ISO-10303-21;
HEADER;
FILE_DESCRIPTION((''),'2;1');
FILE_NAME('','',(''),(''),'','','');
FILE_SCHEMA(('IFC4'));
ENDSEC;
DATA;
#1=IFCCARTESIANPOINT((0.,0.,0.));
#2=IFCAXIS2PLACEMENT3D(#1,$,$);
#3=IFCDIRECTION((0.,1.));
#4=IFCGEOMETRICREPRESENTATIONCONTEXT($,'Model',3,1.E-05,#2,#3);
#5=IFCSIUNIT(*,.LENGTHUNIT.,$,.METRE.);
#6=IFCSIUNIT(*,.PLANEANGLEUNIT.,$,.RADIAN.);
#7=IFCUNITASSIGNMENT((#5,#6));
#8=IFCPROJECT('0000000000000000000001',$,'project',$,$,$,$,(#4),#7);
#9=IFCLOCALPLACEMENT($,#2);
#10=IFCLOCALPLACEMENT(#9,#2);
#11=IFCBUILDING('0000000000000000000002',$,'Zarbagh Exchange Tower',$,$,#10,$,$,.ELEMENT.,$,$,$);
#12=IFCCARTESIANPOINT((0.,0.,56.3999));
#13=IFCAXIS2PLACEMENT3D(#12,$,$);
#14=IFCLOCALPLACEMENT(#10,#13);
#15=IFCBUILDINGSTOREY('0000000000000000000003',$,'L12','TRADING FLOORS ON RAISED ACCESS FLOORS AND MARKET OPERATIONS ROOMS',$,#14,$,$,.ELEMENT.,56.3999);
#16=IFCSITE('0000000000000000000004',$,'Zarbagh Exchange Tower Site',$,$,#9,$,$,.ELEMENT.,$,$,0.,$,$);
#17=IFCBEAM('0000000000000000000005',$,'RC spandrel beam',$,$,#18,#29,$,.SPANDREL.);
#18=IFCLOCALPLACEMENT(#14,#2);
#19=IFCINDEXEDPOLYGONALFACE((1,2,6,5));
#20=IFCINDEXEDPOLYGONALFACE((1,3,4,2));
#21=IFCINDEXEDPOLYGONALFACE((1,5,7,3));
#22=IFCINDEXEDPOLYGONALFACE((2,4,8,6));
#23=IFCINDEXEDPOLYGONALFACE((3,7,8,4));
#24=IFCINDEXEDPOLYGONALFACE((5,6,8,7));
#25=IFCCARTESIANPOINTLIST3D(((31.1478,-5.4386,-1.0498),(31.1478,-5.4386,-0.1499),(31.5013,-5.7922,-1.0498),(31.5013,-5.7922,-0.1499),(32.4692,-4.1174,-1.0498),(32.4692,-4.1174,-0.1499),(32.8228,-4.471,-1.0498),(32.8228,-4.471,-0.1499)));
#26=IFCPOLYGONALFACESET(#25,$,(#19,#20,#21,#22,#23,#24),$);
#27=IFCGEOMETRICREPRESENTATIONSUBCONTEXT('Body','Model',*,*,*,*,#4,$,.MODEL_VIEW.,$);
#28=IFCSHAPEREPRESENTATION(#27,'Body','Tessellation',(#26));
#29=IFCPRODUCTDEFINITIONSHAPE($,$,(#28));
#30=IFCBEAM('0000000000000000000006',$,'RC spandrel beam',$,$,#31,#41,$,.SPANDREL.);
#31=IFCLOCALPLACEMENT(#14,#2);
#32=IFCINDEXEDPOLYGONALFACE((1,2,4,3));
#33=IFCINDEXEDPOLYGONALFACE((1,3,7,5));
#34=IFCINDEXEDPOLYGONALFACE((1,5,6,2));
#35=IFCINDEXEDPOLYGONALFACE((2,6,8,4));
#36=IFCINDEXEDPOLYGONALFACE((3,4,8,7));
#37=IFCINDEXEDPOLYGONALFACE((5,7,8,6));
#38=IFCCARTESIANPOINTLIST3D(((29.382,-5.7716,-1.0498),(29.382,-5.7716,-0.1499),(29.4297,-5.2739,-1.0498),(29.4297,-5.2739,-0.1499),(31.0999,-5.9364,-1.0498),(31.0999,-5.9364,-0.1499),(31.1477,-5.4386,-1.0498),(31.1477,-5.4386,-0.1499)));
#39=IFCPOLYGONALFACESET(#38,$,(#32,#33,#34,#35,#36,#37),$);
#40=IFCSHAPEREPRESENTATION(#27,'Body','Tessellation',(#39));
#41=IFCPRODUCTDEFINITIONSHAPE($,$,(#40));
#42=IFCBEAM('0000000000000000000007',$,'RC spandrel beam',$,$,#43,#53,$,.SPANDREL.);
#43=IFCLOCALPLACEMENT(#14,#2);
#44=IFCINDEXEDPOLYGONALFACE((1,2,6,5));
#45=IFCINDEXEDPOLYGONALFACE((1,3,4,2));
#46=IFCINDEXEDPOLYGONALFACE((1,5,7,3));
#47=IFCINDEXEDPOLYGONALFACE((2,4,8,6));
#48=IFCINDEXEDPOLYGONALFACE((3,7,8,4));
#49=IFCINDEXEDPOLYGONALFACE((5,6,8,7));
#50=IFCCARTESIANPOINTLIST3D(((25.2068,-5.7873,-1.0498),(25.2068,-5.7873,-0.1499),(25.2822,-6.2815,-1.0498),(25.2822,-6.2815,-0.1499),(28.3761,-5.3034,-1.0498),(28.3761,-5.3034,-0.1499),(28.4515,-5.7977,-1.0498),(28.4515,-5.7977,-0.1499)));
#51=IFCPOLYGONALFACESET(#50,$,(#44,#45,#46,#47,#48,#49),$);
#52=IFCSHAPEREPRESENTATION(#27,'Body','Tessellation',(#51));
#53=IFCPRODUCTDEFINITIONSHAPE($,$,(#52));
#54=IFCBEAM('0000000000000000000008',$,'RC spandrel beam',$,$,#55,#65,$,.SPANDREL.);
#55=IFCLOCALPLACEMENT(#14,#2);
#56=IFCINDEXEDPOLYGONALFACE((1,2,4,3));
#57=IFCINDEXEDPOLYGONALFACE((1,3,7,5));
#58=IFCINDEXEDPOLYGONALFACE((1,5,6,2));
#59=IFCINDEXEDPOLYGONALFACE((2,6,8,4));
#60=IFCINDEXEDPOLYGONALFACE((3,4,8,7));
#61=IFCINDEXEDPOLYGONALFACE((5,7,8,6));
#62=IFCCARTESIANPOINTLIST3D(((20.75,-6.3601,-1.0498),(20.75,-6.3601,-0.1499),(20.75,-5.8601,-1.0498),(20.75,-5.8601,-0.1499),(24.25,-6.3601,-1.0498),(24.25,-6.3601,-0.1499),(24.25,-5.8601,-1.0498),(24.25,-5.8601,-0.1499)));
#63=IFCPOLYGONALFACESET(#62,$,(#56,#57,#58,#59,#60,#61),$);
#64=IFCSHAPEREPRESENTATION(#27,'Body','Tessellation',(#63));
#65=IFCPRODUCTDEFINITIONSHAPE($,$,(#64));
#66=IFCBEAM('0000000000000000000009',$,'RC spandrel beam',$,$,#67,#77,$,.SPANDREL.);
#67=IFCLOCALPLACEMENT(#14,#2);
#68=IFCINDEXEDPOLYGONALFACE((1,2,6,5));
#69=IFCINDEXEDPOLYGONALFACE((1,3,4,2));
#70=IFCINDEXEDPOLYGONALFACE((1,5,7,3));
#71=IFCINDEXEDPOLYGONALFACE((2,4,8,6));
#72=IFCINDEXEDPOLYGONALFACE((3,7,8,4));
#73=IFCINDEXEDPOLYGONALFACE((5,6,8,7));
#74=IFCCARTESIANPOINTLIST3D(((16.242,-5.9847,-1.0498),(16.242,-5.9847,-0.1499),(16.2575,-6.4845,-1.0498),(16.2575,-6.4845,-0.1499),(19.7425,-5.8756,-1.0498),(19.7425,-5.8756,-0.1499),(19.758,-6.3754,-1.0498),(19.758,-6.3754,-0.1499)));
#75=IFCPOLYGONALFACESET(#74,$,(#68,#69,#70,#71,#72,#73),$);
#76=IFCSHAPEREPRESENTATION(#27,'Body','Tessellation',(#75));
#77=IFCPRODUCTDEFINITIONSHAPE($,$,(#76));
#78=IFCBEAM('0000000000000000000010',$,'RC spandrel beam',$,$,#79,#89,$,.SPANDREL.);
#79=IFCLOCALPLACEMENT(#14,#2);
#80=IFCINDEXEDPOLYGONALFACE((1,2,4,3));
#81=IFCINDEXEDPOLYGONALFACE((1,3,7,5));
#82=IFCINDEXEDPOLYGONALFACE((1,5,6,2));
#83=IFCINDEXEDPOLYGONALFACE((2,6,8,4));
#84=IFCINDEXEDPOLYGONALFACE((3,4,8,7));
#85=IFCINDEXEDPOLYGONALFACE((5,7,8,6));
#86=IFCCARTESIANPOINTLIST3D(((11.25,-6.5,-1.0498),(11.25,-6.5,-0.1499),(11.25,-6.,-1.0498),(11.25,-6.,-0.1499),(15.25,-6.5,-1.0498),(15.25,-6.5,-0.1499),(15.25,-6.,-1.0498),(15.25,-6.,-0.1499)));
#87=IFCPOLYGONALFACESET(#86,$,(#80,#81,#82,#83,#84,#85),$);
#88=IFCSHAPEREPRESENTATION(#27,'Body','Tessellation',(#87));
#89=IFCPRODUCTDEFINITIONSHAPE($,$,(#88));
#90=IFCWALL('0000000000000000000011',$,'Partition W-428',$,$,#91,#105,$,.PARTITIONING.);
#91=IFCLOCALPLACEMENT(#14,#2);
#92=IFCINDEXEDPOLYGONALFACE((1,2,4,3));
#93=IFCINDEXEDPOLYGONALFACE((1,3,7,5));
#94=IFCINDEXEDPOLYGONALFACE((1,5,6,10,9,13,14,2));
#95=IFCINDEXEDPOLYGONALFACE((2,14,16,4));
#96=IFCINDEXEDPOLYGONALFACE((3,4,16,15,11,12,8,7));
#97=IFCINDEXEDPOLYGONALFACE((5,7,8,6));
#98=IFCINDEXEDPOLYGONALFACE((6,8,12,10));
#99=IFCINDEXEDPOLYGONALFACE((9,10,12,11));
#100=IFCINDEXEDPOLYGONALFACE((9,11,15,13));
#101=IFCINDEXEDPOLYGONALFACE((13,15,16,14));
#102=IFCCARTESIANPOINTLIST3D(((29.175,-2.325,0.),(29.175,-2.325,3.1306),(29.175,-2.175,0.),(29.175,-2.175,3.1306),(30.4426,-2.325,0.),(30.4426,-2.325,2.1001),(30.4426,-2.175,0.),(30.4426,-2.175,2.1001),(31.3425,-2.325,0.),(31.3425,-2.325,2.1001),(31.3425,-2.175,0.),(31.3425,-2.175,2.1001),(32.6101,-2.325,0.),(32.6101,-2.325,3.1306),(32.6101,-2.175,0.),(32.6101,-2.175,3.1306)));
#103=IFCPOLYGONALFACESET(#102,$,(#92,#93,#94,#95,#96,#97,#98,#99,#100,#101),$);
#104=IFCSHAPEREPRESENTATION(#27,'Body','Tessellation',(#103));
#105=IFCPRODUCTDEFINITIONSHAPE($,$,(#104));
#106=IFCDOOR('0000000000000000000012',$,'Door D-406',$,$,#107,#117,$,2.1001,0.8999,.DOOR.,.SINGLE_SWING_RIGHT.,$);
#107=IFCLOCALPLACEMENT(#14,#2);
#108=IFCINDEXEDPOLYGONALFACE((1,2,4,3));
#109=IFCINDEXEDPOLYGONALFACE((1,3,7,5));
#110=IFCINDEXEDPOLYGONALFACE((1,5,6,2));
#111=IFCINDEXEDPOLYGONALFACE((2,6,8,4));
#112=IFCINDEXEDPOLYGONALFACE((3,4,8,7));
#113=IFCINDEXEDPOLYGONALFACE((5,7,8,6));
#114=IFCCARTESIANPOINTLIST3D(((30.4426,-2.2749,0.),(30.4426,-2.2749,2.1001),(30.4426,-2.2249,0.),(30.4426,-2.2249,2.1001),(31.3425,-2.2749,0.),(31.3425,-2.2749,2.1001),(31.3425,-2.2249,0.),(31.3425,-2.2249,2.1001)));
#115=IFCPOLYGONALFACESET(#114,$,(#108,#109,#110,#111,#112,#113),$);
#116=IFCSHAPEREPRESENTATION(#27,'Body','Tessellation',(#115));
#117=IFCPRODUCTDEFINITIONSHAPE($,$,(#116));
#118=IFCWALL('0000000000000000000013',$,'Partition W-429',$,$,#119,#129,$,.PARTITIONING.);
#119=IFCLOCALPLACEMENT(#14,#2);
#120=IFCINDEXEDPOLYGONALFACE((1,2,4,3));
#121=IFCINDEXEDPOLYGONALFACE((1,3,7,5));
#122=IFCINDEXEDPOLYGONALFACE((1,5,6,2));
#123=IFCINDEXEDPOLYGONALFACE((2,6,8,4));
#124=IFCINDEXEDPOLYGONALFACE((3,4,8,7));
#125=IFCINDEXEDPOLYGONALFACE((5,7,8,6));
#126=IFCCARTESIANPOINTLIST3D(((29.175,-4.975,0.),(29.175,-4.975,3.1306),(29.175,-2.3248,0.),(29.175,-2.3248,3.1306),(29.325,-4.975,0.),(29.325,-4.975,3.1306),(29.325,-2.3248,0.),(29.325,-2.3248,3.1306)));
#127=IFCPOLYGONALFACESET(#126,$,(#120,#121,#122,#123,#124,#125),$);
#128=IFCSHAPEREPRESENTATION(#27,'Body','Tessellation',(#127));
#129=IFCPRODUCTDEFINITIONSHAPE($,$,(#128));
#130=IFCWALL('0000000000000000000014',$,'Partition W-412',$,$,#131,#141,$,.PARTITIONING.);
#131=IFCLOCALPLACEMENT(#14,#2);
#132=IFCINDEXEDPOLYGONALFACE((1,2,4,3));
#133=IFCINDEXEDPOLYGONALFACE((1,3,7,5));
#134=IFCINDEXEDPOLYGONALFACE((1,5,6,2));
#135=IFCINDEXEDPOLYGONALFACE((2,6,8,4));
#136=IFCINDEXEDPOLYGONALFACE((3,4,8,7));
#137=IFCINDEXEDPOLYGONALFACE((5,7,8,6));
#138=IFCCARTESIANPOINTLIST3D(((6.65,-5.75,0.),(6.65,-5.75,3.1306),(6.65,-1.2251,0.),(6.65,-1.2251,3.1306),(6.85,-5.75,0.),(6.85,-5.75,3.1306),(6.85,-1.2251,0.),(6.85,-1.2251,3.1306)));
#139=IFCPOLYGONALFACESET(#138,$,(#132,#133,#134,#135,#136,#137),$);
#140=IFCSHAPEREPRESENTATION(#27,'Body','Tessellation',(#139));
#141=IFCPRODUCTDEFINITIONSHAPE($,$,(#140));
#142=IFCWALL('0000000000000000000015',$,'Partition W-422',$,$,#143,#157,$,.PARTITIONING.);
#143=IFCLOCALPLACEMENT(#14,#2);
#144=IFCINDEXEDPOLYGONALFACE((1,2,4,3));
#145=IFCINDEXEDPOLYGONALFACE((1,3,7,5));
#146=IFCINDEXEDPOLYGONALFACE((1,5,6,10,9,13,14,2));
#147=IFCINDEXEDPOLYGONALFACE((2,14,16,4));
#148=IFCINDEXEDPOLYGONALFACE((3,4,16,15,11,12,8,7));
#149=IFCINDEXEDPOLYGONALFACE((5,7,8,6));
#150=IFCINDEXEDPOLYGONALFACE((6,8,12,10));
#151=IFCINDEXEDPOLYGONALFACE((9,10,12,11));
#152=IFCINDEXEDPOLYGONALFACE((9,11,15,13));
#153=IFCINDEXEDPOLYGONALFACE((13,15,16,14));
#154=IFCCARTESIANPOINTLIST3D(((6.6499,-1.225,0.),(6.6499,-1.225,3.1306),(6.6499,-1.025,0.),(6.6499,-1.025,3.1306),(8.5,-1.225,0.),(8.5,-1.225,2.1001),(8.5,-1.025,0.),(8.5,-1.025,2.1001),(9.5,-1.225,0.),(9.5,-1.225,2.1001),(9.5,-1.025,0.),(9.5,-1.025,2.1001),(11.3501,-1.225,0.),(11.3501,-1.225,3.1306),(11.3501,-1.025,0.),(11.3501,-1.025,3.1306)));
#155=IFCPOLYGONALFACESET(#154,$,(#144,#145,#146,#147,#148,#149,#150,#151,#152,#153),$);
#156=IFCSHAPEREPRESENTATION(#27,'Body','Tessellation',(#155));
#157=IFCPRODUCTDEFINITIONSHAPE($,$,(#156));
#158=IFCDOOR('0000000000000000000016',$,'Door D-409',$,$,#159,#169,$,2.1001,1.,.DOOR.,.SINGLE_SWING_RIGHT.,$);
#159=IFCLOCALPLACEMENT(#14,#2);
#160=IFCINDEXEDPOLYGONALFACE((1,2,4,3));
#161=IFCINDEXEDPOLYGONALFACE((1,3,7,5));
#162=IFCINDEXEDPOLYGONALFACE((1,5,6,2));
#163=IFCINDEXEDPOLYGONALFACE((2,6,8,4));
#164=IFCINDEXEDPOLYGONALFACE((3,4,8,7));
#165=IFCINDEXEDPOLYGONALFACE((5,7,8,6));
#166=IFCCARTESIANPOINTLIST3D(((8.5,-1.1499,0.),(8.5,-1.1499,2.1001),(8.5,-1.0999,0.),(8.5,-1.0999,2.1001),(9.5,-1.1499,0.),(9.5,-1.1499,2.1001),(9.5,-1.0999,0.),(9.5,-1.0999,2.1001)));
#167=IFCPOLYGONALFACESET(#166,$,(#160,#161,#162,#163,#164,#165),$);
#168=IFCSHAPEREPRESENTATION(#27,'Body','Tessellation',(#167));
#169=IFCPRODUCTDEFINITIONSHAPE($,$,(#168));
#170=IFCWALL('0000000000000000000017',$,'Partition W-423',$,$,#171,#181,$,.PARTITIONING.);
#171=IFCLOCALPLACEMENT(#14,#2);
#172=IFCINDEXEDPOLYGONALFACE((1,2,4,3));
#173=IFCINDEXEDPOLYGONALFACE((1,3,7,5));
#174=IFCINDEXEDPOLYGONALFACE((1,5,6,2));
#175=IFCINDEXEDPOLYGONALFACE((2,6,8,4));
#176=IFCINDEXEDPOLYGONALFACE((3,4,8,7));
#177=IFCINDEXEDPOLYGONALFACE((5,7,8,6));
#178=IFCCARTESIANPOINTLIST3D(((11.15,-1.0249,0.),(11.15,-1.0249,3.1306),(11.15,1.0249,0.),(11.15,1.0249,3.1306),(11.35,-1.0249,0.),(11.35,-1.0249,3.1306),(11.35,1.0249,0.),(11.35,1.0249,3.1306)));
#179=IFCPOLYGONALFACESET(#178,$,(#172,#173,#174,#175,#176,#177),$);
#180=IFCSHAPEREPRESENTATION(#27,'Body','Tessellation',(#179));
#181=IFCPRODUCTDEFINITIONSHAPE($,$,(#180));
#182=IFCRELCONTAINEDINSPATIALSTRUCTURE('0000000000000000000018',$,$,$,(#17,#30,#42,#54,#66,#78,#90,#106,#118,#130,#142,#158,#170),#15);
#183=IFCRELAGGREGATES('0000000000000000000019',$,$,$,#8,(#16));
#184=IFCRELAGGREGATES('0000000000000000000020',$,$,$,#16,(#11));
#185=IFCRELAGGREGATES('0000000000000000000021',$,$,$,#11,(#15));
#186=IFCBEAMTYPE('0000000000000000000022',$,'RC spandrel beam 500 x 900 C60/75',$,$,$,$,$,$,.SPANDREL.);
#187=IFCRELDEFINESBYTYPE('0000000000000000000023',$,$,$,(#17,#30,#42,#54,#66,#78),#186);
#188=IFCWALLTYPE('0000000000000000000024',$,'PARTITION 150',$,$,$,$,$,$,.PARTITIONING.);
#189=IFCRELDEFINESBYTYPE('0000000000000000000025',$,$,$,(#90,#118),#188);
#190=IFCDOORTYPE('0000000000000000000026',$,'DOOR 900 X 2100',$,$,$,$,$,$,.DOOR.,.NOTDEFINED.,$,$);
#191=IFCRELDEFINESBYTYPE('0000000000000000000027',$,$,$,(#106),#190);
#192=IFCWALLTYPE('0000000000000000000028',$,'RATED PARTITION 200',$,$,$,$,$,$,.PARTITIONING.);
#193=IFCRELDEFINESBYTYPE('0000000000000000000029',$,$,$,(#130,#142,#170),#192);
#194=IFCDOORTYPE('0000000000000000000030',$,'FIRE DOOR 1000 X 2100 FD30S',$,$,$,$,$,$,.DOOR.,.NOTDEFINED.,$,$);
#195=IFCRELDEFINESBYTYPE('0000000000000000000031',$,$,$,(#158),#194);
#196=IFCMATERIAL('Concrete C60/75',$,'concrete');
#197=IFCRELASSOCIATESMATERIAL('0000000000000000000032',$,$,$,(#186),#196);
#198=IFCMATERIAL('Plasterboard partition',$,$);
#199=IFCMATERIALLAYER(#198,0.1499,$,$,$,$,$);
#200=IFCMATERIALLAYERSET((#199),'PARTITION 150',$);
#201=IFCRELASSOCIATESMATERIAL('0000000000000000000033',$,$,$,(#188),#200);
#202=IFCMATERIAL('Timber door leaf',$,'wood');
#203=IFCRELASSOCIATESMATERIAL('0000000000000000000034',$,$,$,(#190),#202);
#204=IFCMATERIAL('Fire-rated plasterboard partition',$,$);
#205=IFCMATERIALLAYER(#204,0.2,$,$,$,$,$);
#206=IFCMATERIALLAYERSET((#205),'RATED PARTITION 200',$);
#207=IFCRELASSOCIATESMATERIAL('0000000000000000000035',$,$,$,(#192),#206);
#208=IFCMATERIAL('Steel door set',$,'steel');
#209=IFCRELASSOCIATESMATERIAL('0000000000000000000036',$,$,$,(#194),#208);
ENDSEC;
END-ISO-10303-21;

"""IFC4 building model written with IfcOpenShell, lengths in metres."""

from ifc_helpers import new_model, si_unit, direction, frame, frame_2d, origin, origin_2d, place, context, subcontext, project, spatial, rectangle, extrude, material, layer, layer_set, material_profile, profile_set, type_object, element, fill, save


model = new_model("IFC4")

# Units and contexts
model_context = context("Model", 3, precision=1e-05, world=origin(), true_north=direction((0.0, 1.0)))
body_context = subcontext(model_context, "Body", "Model", "MODEL_VIEW")
ifc_project = project(units=[si_unit("LENGTHUNIT", "METRE"), si_unit("PLANEANGLEUNIT", "RADIAN")], contexts=[model_context])

# Site, building, storey
site_placement = place(None, origin())
site = spatial("IfcSite", under=ifc_project, at=site_placement, Name="Zarbagh Exchange Tower Site", CompositionType="ELEMENT", RefElevation=0.0)
building_placement = place(site_placement, origin())
building = spatial("IfcBuilding", under=site, at=building_placement, Name="Zarbagh Exchange Tower", CompositionType="ELEMENT")
storey_placement = place(building_placement, frame((0.0, 0.0, 56.3999)))
storey = spatial("IfcBuildingStorey", under=building, at=storey_placement, Name="L12", Description="TRADING FLOORS ON RAISED ACCESS FLOORS AND MARKET OPERATIONS ROOMS", CompositionType="ELEMENT", Elevation=56.3999)

# Shared definitions
ifc_material_1 = material(Name="Concrete C60/75", Category="concrete")

# Beams
ifc_material_profile_1 = material_profile(ifc_material_1, rectangle(XDim=0.5, YDim=0.8999, at=origin_2d()), Name="RC spandrel beam 500 x 900 C60/75")
ifc_profile_set_1 = profile_set([ifc_material_profile_1], Name="Concrete C60/75")
beam_type_1 = type_object("IfcBeamType", Name="RC spandrel beam 500 x 900 C60/75", PredefinedType="SPANDREL", material=ifc_profile_set_1)
beam_1_placement = place(storey_placement, frame((32.646, -4.2942, -0.5999), z_axis=(-0.707172, -0.707041, 0.0), x_axis=(0.707041, -0.707172, 0.0)))
element("IfcBeam", 1, at=beam_1_placement, inside=storey, type_object=beam_type_1, Name="RC spandrel beam", PredefinedType="SPANDREL", context=body_context, shape_type="SweptSolid", body=[
    extrude(rectangle(XDim=0.5, YDim=0.8999, at=origin_2d()), origin(), (0.0, 0.0, 1.0), 1.8687),
])
beam_2_placement = place(storey_placement, frame((31.1238, -5.6875, -0.5999), z_axis=(-0.995431, 0.095483, 0.0), x_axis=(-0.095483, -0.995431, 0.0)))
element("IfcBeam", 2, at=beam_2_placement, inside=storey, type_object=beam_type_1, Name="RC spandrel beam", PredefinedType="SPANDREL", context=body_context, shape_type="SweptSolid", body=[
    extrude(rectangle(XDim=0.5, YDim=0.8999, at=origin_2d()), origin(), (0.0, 0.0, 1.0), 1.7258),
])
beam_3_placement = place(storey_placement, frame((28.4138, -5.5505, -0.5999), z_axis=(-0.988545, -0.150924, 0.0), x_axis=(0.150924, -0.988545, 0.0)))
element("IfcBeam", 3, at=beam_3_placement, inside=storey, type_object=beam_type_1, Name="RC spandrel beam", PredefinedType="SPANDREL", context=body_context, shape_type="SweptSolid", body=[
    extrude(rectangle(XDim=0.5, YDim=0.8999, at=origin_2d()), origin(), (0.0, 0.0, 1.0), 3.2061),
])
beam_4_placement = place(storey_placement, frame((24.25, -6.1101, -0.5999), z_axis=(-1.0, 0.0, 0.0), x_axis=(0.0, -1.0, 0.0)))
element("IfcBeam", 4, at=beam_4_placement, inside=storey, type_object=beam_type_1, Name="RC spandrel beam", PredefinedType="SPANDREL", context=body_context, shape_type="SweptSolid", body=[
    extrude(rectangle(XDim=0.5, YDim=0.8999, at=origin_2d()), origin(), (0.0, 0.0, 1.0), 3.5),
])
beam_5_placement = place(storey_placement, frame((19.7502, -6.1255, -0.5999), z_axis=(-0.999514, -0.031161, 0.0), x_axis=(0.031161, -0.999514, 0.0)))
element("IfcBeam", 5, at=beam_5_placement, inside=storey, type_object=beam_type_1, Name="RC spandrel beam", PredefinedType="SPANDREL", context=body_context, shape_type="SweptSolid", body=[
    extrude(rectangle(XDim=0.5, YDim=0.8999, at=origin_2d()), origin(), (0.0, 0.0, 1.0), 3.5022),
])
beam_6_placement = place(storey_placement, frame((15.25, -6.25, -0.5999), z_axis=(-1.0, 0.0, 0.0), x_axis=(0.0, -1.0, 0.0)))
element("IfcBeam", 6, at=beam_6_placement, inside=storey, type_object=beam_type_1, Name="RC spandrel beam", PredefinedType="SPANDREL", context=body_context, shape_type="SweptSolid", body=[
    extrude(rectangle(XDim=0.5, YDim=0.8999, at=origin_2d()), origin(), (0.0, 0.0, 1.0), 4.0),
])

# Wall, opening, door
ifc_material_2 = material(Name="Plasterboard partition")
ifc_layer_1 = layer(ifc_material_2, 0.1499)
ifc_layer_set_1 = layer_set([ifc_layer_1], Name="PARTITION 150")
wall_type_1 = type_object("IfcWallType", Name="PARTITION 150", PredefinedType="PARTITIONING", material=ifc_layer_set_1)
wall_1_placement = place(storey_placement, frame((32.6101, -2.25, 0.0), z_axis=(0.0, 0.0, 1.0), x_axis=(-1.0, 0.0, 0.0)))
wall_1 = element("IfcWall", 7, at=wall_1_placement, inside=storey, type_object=wall_type_1, Name="Partition W-428", PredefinedType="PARTITIONING", context=body_context, shape_type="SweptSolid", body=[
    extrude(rectangle(XDim=3.4351, YDim=0.1499, at=frame_2d((1.7175, 0.0))), origin(), (0.0, 0.0, 1.0), 3.1306),
])
opening_1_placement = place(wall_1_placement, frame((1.2676, 0.0, 0.0)))
opening_1 = element("IfcOpeningElement", 8, at=opening_1_placement, cuts=wall_1, PredefinedType="OPENING", context=body_context, shape_type="SweptSolid", body=[
    extrude(rectangle(XDim=0.8999, YDim=2.1001, at=frame_2d((0.45, 1.05))), frame((0.0, 0.085, 0.0), z_axis=(0.0, -1.0, 0.0), x_axis=(1.0, 0.0, 0.0)), (0.0, 0.0, 1.0), 0.1699),
])
ifc_material_3 = material(Name="Timber door leaf", Category="wood")
door_type_1 = type_object("IfcDoorType", Name="DOOR 900 X 2100", OperationType="NOTDEFINED", PredefinedType="DOOR", material=ifc_material_3)
door_1_placement = place(opening_1_placement, origin())
door_1 = element("IfcDoor", 9, at=door_1_placement, inside=storey, type_object=door_type_1, Name="Door D-406", OperationType="SINGLE_SWING_RIGHT", OverallHeight=2.1001, OverallWidth=0.8999, PredefinedType="DOOR", context=body_context, shape_type="SweptSolid", body=[
    extrude(rectangle(XDim=0.8999, YDim=2.1001, at=frame_2d((0.45, 1.05))), frame((0.0, 0.0249, 0.0), z_axis=(0.0, -1.0, 0.0), x_axis=(1.0, 0.0, 0.0)), (0.0, 0.0, 1.0), 0.05),
])
fill(opening_1, door_1)

# Walls
wall_2_placement = place(storey_placement, frame((29.25, -4.9751, 0.0), z_axis=(0.0, 0.0, 1.0), x_axis=(0.0, 1.0, 0.0)))
element("IfcWall", 10, at=wall_2_placement, inside=storey, type_object=wall_type_1, Name="Partition W-429", PredefinedType="PARTITIONING", context=body_context, shape_type="SweptSolid", body=[
    extrude(rectangle(XDim=2.6501, YDim=0.1499, at=frame_2d((1.3252, 0.0))), origin(), (0.0, 0.0, 1.0), 3.1306),
])
ifc_material_4 = material(Name="Fire-rated plasterboard partition")
ifc_layer_2 = layer(ifc_material_4, 0.2)
ifc_layer_set_2 = layer_set([ifc_layer_2], Name="RATED PARTITION 200")
wall_type_2 = type_object("IfcWallType", Name="RATED PARTITION 200", PredefinedType="PARTITIONING", material=ifc_layer_set_2)
wall_3_placement = place(storey_placement, frame((6.75, -5.75, 0.0), z_axis=(0.0, 0.0, 1.0), x_axis=(0.0, 1.0, 0.0)))
element("IfcWall", 11, at=wall_3_placement, inside=storey, type_object=wall_type_2, Name="Partition W-412", PredefinedType="PARTITIONING", context=body_context, shape_type="SweptSolid", body=[
    extrude(rectangle(XDim=4.5249, YDim=0.2, at=frame_2d((2.2625, 0.0))), origin(), (0.0, 0.0, 1.0), 3.1306),
])

# Wall, opening, door
wall_4_placement = place(storey_placement, frame((11.3501, -1.125, 0.0), z_axis=(0.0, 0.0, 1.0), x_axis=(-1.0, 0.0, 0.0)))
wall_4 = element("IfcWall", 12, at=wall_4_placement, inside=storey, type_object=wall_type_2, Name="Partition W-422", PredefinedType="PARTITIONING", context=body_context, shape_type="SweptSolid", body=[
    extrude(rectangle(XDim=4.7002, YDim=0.2, at=frame_2d((2.3501, 0.0))), origin(), (0.0, 0.0, 1.0), 3.1306),
])
opening_2_placement = place(wall_4_placement, frame((1.8501, 0.0, 0.0)))
opening_2 = element("IfcOpeningElement", 13, at=opening_2_placement, cuts=wall_4, PredefinedType="OPENING", context=body_context, shape_type="SweptSolid", body=[
    extrude(rectangle(XDim=1.0, YDim=2.1001, at=frame_2d((0.5, 1.05))), frame((0.0, 0.1099, 0.0), z_axis=(0.0, -1.0, 0.0), x_axis=(1.0, 0.0, 0.0)), (0.0, 0.0, 1.0), 0.22),
])
ifc_material_5 = material(Name="Steel door set", Category="steel")
door_type_2 = type_object("IfcDoorType", Name="FIRE DOOR 1000 X 2100 FD30S", OperationType="NOTDEFINED", PredefinedType="DOOR", material=ifc_material_5)
door_2_placement = place(opening_2_placement, origin())
door_2 = element("IfcDoor", 14, at=door_2_placement, inside=storey, type_object=door_type_2, Name="Door D-409", OperationType="SINGLE_SWING_RIGHT", OverallHeight=2.1001, OverallWidth=1.0, PredefinedType="DOOR", context=body_context, shape_type="SweptSolid", body=[
    extrude(rectangle(XDim=1.0, YDim=2.1001, at=frame_2d((0.5, 1.05))), frame((0.0, 0.0249, 0.0), z_axis=(0.0, -1.0, 0.0), x_axis=(1.0, 0.0, 0.0)), (0.0, 0.0, 1.0), 0.05),
])
fill(opening_2, door_2)

# Wall
wall_5_placement = place(storey_placement, frame((11.25, -1.0249, 0.0), z_axis=(0.0, 0.0, 1.0), x_axis=(0.0, 1.0, 0.0)))
element("IfcWall", 15, at=wall_5_placement, inside=storey, type_object=wall_type_2, Name="Partition W-423", PredefinedType="PARTITIONING", context=body_context, shape_type="SweptSolid", body=[
    extrude(rectangle(XDim=2.0498, YDim=0.2, at=frame_2d((1.0249, 0.0))), origin(), (0.0, 0.0, 1.0), 3.1306),
])

save(model, "model.ifc")
